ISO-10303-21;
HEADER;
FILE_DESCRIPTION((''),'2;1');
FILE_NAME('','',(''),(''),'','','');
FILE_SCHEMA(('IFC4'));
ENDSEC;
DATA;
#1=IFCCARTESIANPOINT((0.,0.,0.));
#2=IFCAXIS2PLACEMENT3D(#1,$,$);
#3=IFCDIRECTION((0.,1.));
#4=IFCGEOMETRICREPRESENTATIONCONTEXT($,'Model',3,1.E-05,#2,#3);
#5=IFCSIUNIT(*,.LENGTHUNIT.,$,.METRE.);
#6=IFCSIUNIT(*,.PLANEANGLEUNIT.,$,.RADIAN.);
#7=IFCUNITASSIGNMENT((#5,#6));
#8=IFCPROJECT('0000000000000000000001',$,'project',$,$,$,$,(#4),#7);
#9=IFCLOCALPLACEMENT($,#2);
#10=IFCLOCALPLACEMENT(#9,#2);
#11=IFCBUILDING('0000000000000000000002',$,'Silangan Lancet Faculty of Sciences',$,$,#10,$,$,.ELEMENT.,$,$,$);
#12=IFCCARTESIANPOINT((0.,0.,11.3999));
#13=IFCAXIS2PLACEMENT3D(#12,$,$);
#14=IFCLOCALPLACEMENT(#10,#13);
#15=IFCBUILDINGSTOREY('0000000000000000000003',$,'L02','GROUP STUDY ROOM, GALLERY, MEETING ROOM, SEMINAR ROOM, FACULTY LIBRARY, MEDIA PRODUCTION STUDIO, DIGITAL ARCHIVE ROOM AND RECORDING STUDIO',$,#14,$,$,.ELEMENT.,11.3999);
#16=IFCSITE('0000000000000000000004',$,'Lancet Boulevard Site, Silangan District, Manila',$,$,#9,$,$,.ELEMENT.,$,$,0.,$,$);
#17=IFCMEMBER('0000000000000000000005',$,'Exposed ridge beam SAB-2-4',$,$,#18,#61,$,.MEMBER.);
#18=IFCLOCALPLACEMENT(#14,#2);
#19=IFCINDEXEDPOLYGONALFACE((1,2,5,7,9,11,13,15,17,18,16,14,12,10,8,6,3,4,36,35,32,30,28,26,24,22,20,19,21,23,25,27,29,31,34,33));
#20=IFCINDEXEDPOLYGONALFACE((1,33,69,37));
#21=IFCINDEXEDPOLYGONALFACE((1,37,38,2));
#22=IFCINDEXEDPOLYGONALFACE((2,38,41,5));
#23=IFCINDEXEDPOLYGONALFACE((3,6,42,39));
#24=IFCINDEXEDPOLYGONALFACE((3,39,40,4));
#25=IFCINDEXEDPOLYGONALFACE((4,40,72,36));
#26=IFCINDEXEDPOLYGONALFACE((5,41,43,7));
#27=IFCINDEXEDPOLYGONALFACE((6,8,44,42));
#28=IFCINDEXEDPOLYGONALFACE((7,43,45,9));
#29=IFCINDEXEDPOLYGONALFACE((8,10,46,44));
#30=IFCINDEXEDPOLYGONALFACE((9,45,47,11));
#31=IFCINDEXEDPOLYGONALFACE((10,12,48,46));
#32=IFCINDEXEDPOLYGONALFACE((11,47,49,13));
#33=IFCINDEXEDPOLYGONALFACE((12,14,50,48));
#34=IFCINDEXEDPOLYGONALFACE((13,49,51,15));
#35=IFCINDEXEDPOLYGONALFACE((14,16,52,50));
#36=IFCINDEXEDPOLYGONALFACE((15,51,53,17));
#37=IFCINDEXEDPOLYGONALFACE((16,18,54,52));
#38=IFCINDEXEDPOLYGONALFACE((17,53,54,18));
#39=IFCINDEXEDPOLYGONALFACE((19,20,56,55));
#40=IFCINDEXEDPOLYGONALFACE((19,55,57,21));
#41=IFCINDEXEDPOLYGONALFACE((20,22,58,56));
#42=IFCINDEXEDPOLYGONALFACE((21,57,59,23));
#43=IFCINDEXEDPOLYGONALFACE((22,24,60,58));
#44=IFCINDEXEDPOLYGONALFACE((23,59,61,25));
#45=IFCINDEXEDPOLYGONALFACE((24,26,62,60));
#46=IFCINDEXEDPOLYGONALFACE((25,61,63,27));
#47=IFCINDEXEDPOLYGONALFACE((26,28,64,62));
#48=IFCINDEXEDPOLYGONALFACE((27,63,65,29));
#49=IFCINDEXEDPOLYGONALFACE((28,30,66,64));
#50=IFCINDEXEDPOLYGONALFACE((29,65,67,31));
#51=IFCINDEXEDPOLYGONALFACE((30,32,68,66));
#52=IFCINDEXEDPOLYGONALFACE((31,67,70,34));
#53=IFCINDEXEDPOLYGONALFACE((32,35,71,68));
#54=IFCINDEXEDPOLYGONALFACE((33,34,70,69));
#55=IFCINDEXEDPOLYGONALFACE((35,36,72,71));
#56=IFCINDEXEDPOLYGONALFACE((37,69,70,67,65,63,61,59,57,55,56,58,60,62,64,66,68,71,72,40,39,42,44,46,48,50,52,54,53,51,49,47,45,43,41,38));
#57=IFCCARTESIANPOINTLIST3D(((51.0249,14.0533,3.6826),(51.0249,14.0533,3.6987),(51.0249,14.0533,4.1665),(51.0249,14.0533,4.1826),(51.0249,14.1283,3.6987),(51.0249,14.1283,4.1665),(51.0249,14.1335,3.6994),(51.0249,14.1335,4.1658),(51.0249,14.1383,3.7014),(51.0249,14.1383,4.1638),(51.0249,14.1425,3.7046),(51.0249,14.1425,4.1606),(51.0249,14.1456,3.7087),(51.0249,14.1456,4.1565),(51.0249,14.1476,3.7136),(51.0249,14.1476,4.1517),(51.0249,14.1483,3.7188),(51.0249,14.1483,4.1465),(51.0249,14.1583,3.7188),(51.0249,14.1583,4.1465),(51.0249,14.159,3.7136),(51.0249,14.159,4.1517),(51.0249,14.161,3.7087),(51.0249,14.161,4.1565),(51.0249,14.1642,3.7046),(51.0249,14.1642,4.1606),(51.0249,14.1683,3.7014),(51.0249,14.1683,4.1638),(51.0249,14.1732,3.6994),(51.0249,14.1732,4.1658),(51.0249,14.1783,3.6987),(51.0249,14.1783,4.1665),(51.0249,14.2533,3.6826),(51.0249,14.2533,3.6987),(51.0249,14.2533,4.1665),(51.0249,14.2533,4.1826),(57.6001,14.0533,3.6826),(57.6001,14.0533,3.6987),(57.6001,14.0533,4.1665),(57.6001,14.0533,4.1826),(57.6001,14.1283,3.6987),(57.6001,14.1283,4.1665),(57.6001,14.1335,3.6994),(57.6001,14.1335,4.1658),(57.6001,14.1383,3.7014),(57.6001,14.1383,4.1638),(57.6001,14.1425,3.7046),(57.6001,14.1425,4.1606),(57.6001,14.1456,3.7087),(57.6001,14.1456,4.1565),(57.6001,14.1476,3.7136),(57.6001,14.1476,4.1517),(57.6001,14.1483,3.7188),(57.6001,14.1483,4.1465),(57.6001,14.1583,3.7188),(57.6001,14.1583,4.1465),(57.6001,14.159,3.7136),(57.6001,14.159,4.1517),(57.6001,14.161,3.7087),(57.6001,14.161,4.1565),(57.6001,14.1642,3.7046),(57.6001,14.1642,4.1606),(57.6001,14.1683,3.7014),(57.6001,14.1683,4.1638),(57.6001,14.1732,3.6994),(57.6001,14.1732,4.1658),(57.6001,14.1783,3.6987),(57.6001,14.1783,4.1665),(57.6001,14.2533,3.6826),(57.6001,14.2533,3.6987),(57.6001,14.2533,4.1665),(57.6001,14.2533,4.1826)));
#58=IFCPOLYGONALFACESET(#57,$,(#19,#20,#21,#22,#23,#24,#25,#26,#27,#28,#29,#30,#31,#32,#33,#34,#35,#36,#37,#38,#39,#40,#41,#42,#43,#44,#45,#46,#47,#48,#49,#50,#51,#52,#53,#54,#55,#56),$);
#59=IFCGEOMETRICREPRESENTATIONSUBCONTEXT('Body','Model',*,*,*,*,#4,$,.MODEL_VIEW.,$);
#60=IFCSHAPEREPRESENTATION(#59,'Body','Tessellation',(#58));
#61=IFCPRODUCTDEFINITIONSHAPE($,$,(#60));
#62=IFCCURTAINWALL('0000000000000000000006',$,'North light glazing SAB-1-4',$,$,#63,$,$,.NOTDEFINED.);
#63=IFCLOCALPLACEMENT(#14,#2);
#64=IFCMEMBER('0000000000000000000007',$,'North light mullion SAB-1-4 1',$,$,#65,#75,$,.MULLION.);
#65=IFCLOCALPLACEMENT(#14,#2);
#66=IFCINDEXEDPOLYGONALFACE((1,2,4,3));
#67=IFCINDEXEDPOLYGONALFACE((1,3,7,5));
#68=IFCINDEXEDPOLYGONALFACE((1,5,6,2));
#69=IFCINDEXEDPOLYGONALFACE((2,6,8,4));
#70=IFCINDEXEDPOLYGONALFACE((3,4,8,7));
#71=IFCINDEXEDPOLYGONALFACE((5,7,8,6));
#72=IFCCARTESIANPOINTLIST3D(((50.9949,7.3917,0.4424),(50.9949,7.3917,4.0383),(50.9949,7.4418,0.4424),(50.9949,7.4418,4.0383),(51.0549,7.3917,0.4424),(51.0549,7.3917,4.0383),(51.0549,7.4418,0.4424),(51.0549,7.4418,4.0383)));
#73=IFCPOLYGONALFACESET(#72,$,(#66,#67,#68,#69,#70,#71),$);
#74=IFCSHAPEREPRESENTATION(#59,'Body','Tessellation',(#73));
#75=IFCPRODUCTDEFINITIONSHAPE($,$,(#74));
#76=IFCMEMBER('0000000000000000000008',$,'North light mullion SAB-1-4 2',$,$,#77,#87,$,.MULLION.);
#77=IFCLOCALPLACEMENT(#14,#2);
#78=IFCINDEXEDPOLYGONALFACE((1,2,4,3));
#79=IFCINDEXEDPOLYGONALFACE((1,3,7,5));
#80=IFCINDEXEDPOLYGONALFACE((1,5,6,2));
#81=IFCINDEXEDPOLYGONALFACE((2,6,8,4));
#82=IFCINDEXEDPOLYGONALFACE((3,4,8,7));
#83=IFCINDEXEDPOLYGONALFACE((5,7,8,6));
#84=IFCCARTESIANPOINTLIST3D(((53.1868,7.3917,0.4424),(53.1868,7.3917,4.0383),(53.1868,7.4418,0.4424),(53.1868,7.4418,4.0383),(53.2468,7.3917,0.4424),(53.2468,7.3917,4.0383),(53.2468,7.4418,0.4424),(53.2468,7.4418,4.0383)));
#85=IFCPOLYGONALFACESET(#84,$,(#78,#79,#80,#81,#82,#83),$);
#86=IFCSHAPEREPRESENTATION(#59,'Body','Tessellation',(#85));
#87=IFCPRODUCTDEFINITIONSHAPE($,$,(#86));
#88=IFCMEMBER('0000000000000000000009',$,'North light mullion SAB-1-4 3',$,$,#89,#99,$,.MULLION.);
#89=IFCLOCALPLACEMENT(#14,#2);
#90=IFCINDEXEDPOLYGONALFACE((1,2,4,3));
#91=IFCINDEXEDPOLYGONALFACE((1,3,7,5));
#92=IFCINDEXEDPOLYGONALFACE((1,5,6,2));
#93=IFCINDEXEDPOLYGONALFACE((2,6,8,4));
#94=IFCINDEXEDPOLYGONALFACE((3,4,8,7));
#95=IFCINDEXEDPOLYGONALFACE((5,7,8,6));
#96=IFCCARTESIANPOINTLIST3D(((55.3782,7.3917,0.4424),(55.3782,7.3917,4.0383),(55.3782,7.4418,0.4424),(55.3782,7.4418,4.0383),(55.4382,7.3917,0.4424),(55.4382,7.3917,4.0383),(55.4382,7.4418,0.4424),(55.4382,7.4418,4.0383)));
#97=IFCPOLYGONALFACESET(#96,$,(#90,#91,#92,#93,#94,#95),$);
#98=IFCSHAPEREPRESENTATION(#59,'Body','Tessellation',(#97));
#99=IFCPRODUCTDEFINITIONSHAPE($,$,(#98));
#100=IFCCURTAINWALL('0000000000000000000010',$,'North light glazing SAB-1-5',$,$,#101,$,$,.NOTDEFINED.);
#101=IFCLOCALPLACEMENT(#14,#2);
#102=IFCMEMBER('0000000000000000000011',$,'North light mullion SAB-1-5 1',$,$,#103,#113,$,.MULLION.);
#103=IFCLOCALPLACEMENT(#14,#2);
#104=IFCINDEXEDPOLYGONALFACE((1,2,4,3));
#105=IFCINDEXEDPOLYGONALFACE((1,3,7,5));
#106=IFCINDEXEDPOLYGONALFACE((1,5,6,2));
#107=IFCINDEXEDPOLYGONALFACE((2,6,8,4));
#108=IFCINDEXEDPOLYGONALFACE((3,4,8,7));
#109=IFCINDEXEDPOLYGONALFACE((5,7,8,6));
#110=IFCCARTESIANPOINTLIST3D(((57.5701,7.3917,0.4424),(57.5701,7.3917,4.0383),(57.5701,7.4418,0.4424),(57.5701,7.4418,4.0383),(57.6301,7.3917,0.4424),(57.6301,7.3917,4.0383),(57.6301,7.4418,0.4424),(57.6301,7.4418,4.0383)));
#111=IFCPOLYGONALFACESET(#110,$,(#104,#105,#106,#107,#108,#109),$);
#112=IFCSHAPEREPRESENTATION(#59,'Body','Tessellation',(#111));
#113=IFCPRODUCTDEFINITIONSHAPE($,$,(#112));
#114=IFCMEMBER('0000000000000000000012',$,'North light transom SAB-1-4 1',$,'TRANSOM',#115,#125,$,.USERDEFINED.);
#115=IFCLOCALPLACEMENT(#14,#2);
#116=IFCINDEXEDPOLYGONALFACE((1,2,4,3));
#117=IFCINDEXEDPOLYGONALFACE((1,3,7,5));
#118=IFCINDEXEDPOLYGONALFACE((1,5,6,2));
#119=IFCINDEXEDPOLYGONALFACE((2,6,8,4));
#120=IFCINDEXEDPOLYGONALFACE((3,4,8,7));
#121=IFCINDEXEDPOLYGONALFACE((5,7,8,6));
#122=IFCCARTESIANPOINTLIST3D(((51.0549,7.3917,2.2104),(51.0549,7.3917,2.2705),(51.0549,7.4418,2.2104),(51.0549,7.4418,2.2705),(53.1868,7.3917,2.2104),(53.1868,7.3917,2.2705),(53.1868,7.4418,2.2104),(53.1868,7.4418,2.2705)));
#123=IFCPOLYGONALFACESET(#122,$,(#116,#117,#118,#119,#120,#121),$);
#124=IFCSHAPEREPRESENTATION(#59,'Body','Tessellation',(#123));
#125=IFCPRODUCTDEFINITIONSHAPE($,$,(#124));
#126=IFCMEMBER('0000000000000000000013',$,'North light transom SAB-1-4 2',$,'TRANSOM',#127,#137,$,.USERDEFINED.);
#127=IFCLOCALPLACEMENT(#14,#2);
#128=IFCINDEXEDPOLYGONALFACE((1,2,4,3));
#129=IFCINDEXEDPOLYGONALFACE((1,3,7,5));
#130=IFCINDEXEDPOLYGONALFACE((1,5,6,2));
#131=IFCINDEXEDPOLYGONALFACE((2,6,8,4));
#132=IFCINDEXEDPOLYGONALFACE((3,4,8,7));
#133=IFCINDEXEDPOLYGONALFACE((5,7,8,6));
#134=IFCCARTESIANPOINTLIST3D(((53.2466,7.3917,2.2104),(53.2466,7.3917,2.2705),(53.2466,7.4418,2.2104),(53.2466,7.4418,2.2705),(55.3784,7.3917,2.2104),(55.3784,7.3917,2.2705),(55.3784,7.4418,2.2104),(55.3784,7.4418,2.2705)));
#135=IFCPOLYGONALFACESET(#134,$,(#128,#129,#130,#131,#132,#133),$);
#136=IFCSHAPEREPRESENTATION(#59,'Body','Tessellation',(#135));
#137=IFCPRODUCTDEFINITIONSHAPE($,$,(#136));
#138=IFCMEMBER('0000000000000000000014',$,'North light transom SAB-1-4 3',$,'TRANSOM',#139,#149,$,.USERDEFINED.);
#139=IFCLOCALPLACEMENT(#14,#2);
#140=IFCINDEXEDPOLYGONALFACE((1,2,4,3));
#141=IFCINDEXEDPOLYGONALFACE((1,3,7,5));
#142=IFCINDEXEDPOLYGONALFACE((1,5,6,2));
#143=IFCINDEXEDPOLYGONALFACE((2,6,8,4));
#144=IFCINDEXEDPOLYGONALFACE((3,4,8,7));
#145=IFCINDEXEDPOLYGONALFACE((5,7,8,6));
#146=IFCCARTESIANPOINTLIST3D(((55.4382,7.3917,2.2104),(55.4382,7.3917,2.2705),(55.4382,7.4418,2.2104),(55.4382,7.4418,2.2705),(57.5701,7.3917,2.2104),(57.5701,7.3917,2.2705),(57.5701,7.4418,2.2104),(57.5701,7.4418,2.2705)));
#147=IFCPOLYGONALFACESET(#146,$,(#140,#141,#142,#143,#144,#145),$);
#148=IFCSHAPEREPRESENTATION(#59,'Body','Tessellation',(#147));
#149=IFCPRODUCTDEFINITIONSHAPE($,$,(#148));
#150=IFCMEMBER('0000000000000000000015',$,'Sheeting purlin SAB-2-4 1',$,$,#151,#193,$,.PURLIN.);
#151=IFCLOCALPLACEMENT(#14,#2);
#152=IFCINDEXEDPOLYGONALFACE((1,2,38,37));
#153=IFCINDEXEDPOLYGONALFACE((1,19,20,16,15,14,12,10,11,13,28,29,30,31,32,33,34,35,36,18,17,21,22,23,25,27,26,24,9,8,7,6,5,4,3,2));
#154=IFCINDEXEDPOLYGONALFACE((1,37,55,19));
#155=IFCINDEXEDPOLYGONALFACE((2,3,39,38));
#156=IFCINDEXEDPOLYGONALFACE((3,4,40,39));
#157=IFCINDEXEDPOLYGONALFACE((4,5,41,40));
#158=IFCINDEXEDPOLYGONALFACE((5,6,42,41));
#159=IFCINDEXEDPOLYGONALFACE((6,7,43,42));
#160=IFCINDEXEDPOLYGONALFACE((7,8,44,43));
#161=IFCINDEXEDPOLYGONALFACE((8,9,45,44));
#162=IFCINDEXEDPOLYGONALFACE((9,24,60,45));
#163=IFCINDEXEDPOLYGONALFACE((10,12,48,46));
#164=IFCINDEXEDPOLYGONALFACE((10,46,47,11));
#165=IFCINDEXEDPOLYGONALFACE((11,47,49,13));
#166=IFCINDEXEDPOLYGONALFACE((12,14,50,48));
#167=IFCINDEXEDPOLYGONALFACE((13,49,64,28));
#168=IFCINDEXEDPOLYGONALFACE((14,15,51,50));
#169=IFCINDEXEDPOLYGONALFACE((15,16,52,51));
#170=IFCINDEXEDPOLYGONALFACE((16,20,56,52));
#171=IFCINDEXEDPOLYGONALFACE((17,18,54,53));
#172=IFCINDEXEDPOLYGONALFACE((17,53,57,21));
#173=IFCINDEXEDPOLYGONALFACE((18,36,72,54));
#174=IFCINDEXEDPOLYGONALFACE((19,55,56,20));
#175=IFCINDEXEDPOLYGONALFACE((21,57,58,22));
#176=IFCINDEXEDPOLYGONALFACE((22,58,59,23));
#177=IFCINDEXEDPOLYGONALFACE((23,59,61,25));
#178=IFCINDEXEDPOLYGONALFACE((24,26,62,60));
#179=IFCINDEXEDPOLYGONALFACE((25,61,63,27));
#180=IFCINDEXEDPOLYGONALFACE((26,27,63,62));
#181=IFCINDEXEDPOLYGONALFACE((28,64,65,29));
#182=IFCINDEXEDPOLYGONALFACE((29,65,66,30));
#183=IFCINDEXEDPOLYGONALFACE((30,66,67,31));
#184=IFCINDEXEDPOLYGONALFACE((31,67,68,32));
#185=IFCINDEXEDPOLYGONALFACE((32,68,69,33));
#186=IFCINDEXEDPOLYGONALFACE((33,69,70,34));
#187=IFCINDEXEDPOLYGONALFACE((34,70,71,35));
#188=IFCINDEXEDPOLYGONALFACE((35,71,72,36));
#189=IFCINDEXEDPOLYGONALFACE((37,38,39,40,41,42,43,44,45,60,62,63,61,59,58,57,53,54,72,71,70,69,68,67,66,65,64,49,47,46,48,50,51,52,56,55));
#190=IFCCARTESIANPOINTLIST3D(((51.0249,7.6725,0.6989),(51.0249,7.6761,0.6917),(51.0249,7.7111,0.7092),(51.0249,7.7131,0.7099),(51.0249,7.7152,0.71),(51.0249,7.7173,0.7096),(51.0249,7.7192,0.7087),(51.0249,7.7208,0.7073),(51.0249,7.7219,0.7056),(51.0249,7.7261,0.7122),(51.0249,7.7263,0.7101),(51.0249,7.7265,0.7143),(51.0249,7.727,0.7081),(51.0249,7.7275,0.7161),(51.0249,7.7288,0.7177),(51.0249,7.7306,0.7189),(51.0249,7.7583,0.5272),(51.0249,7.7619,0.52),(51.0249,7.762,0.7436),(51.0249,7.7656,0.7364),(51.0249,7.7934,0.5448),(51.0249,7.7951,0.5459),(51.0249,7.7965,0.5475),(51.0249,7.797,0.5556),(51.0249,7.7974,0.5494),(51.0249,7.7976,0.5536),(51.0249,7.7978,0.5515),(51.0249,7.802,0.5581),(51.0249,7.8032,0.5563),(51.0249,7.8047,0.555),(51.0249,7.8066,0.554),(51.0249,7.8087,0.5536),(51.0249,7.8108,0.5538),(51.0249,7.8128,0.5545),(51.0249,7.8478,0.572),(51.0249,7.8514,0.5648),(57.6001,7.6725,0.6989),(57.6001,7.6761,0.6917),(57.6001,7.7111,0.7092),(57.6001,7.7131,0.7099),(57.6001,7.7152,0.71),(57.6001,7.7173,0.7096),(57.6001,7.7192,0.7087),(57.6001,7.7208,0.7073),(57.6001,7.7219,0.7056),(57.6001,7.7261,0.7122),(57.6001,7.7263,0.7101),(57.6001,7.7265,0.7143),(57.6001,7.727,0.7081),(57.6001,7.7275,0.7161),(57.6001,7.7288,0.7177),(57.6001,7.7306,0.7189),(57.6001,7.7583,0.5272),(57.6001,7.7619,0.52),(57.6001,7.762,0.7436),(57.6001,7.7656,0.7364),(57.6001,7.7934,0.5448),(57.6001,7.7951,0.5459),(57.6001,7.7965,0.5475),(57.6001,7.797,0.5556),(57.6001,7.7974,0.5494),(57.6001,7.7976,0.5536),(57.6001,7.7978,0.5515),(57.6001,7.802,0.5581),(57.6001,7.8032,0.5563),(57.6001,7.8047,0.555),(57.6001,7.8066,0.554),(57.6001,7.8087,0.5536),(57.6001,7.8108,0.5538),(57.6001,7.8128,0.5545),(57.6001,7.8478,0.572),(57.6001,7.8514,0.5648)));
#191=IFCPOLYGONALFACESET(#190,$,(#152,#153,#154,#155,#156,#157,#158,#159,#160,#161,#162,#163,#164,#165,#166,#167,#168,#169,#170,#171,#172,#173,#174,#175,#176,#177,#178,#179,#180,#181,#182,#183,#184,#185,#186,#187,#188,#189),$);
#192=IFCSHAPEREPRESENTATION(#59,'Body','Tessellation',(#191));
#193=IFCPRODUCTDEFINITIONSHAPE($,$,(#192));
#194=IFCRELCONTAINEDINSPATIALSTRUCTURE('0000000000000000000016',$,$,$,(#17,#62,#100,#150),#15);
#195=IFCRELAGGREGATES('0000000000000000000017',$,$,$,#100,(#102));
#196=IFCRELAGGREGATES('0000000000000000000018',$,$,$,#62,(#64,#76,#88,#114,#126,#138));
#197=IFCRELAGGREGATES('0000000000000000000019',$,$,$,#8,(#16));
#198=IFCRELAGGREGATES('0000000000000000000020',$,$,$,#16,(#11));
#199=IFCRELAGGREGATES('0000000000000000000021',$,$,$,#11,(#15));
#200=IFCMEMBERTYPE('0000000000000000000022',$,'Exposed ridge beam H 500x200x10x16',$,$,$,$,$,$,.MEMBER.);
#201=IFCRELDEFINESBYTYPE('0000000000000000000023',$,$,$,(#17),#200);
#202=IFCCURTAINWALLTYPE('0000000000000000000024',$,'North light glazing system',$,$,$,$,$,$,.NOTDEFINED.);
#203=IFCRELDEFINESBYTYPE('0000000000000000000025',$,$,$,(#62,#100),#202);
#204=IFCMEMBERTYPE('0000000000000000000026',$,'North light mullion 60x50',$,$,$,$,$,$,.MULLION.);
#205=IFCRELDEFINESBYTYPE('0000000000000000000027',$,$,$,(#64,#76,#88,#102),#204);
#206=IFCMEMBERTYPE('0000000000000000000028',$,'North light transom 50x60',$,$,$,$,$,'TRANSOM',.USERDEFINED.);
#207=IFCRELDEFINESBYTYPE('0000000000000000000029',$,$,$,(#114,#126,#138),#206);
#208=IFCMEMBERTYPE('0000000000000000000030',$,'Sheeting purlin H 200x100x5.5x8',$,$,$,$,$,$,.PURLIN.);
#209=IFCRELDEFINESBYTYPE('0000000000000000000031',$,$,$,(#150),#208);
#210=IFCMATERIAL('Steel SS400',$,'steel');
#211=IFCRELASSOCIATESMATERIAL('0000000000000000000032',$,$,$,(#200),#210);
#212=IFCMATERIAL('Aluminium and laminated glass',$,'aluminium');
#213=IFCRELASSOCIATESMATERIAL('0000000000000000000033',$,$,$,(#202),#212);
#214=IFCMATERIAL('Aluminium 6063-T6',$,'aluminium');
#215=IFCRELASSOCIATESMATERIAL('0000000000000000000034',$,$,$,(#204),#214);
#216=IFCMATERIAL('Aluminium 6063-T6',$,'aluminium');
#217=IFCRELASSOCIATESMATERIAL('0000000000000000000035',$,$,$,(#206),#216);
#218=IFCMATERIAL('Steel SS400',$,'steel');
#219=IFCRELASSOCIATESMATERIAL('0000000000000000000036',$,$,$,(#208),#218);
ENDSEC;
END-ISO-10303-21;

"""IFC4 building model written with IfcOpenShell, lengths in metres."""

from ifc_helpers import new_model, si_unit, direction, frame, origin, origin_2d, place, context, subcontext, project, spatial, rectangle, i_section, extrude, material, material_profile, profile_set, type_object, element, aggregate, save


model = new_model("IFC4")

# Units and contexts
model_context = context("Model", 3, precision=1e-05, world=origin(), true_north=direction((0.0, 1.0)))
body_context = subcontext(model_context, "Body", "Model", "MODEL_VIEW")
ifc_project = project(units=[si_unit("LENGTHUNIT", "METRE"), si_unit("PLANEANGLEUNIT", "RADIAN")], contexts=[model_context])

# Site, building, storey
site_placement = place(None, origin())
site = spatial("IfcSite", under=ifc_project, at=site_placement, Name="Lancet Boulevard Site, Silangan District, Manila", CompositionType="ELEMENT", RefElevation=0.0)
building_placement = place(site_placement, origin())
building = spatial("IfcBuilding", under=site, at=building_placement, Name="Silangan Lancet Faculty of Sciences", CompositionType="ELEMENT")
storey_placement = place(building_placement, frame((0.0, 0.0, 11.3999)))
storey = spatial("IfcBuildingStorey", under=building, at=storey_placement, Name="L02", Description="GROUP STUDY ROOM, GALLERY, MEETING ROOM, SEMINAR ROOM, FACULTY LIBRARY, MEDIA PRODUCTION STUDIO, DIGITAL ARCHIVE ROOM AND RECORDING STUDIO", CompositionType="ELEMENT", Elevation=11.3999)

# Member
ifc_material_1 = material(Name="Steel SS400", Category="steel")
ifc_material_profile_1 = material_profile(ifc_material_1, i_section(OverallWidth=0.2, OverallDepth=0.5, WebThickness=0.01, FlangeThickness=0.0161, FilletRadius=0.02, at=origin_2d()), Name="H 500x200x10x16")
ifc_profile_set_1 = profile_set([ifc_material_profile_1], Name="Steel SS400")
member_type_1 = type_object("IfcMemberType", Name="Exposed ridge beam H 500x200x10x16", PredefinedType="MEMBER", material=ifc_profile_set_1)
member_1_placement = place(storey_placement, frame((51.0249, 14.1533, 3.9326), z_axis=(1.0, 0.0, 0.0), x_axis=(0.0, 1.0, 0.0)))
element("IfcMember", 1, at=member_1_placement, inside=storey, type_object=member_type_1, Name="Exposed ridge beam SAB-2-4", PredefinedType="MEMBER", context=body_context, shape_type="SweptSolid", body=[
    extrude(i_section(OverallWidth=0.2, OverallDepth=0.5, WebThickness=0.01, FlangeThickness=0.0161, FilletRadius=0.02, at=origin_2d()), origin(), (0.0, 0.0, 1.0), 6.5752),
])

# Curtain wall, members
ifc_material_2 = material(Name="Aluminium and laminated glass", Category="aluminium")
curtain_wall_type = type_object("IfcCurtainWallType", Name="North light glazing system", PredefinedType="NOTDEFINED", material=ifc_material_2)
curtain_wall_1_placement = place(storey_placement, origin())
curtain_wall_1 = element("IfcCurtainWall", 2, at=curtain_wall_1_placement, inside=storey, type_object=curtain_wall_type, Name="North light glazing SAB-1-4", PredefinedType="NOTDEFINED")
ifc_material_3 = material(Name="Aluminium 6063-T6", Category="aluminium")
ifc_material_profile_2 = material_profile(ifc_material_3, rectangle(XDim=0.0601, YDim=0.05, at=origin_2d()), Name="AL 60x50")
ifc_profile_set_2 = profile_set([ifc_material_profile_2], Name="Aluminium 6063-T6")
member_type_2 = type_object("IfcMemberType", Name="North light mullion 60x50", PredefinedType="MULLION", material=ifc_profile_set_2)
member_2_placement = place(storey_placement, frame((51.0249, 7.4167, 0.4424), z_axis=(0.0, 0.0, 1.0), x_axis=(1.0, 0.0, 0.0)))
member_2 = element("IfcMember", 3, at=member_2_placement, type_object=member_type_2, Name="North light mullion SAB-1-4 1", PredefinedType="MULLION", context=body_context, shape_type="SweptSolid", body=[
    extrude(rectangle(XDim=0.0601, YDim=0.05, at=origin_2d()), origin(), (0.0, 0.0, 1.0), 3.5959),
])
member_3_placement = place(storey_placement, frame((53.2168, 7.4167, 0.4424), z_axis=(0.0, 0.0, 1.0), x_axis=(1.0, 0.0, 0.0)))
member_3 = element("IfcMember", 4, at=member_3_placement, type_object=member_type_2, Name="North light mullion SAB-1-4 2", PredefinedType="MULLION", context=body_context, shape_type="SweptSolid", body=[
    extrude(rectangle(XDim=0.0601, YDim=0.05, at=origin_2d()), origin(), (0.0, 0.0, 1.0), 3.5959),
])
member_4_placement = place(storey_placement, frame((55.4082, 7.4167, 0.4424), z_axis=(0.0, 0.0, 1.0), x_axis=(1.0, 0.0, 0.0)))
member_4 = element("IfcMember", 5, at=member_4_placement, type_object=member_type_2, Name="North light mullion SAB-1-4 3", PredefinedType="MULLION", context=body_context, shape_type="SweptSolid", body=[
    extrude(rectangle(XDim=0.0601, YDim=0.05, at=origin_2d()), origin(), (0.0, 0.0, 1.0), 3.5959),
])

# Curtain wall, member
curtain_wall_2_placement = place(storey_placement, origin())
curtain_wall_2 = element("IfcCurtainWall", 6, at=curtain_wall_2_placement, inside=storey, type_object=curtain_wall_type, Name="North light glazing SAB-1-5", PredefinedType="NOTDEFINED")
member_5_placement = place(storey_placement, frame((57.6001, 7.4167, 0.4424), z_axis=(0.0, 0.0, 1.0), x_axis=(1.0, 0.0, 0.0)))
member_5 = element("IfcMember", 7, at=member_5_placement, type_object=member_type_2, Name="North light mullion SAB-1-5 1", PredefinedType="MULLION", context=body_context, shape_type="SweptSolid", body=[
    extrude(rectangle(XDim=0.0601, YDim=0.05, at=origin_2d()), origin(), (0.0, 0.0, 1.0), 3.5959),
])
aggregate(curtain_wall_2, [member_5])

# Members
ifc_material_4 = material(Name="Aluminium 6063-T6", Category="aluminium")
ifc_material_profile_3 = material_profile(ifc_material_4, rectangle(XDim=0.05, YDim=0.0601, at=origin_2d()), Name="AL 50x60")
ifc_profile_set_3 = profile_set([ifc_material_profile_3], Name="Aluminium 6063-T6")
member_type_3 = type_object("IfcMemberType", Name="North light transom 50x60", ElementType="TRANSOM", PredefinedType="USERDEFINED", material=ifc_profile_set_3)
member_6_placement = place(storey_placement, frame((51.0549, 7.4167, 2.2405), z_axis=(1.0, 0.0, 0.0), x_axis=(0.0, 1.0, 0.0)))
member_6 = element("IfcMember", 8, at=member_6_placement, type_object=member_type_3, Name="North light transom SAB-1-4 1", ObjectType="TRANSOM", PredefinedType="USERDEFINED", context=body_context, shape_type="SweptSolid", body=[
    extrude(rectangle(XDim=0.05, YDim=0.0601, at=origin_2d()), origin(), (0.0, 0.0, 1.0), 2.1318),
])
member_7_placement = place(storey_placement, frame((53.2466, 7.4167, 2.2405), z_axis=(1.0, 0.0, 0.0), x_axis=(0.0, 1.0, 0.0)))
member_7 = element("IfcMember", 9, at=member_7_placement, type_object=member_type_3, Name="North light transom SAB-1-4 2", ObjectType="TRANSOM", PredefinedType="USERDEFINED", context=body_context, shape_type="SweptSolid", body=[
    extrude(rectangle(XDim=0.05, YDim=0.0601, at=origin_2d()), origin(), (0.0, 0.0, 1.0), 2.1318),
])
member_8_placement = place(storey_placement, frame((55.4382, 7.4167, 2.2405), z_axis=(1.0, 0.0, 0.0), x_axis=(0.0, 1.0, 0.0)))
member_8 = element("IfcMember", 10, at=member_8_placement, type_object=member_type_3, Name="North light transom SAB-1-4 3", ObjectType="TRANSOM", PredefinedType="USERDEFINED", context=body_context, shape_type="SweptSolid", body=[
    extrude(rectangle(XDim=0.05, YDim=0.0601, at=origin_2d()), origin(), (0.0, 0.0, 1.0), 2.1318),
])
aggregate(curtain_wall_1, [member_2, member_3, member_4, member_6, member_7, member_8])

# Member
ifc_material_5 = material(Name="Steel SS400", Category="steel")
ifc_material_profile_4 = material_profile(ifc_material_5, i_section(OverallWidth=0.1001, OverallDepth=0.2, WebThickness=0.0056, FlangeThickness=0.0081, FilletRadius=0.0081, at=origin_2d()), Name="H 200x100x5.5x8")
ifc_profile_set_4 = profile_set([ifc_material_profile_4], Name="Steel SS400")
member_type_4 = type_object("IfcMemberType", Name="Sheeting purlin H 200x100x5.5x8", PredefinedType="PURLIN", material=ifc_profile_set_4)
for number, where, z_axis, x_axis, name in (
    (11, (51.0249, 7.762, 0.6318), (1.0, 0.0, 0.0), (0.0, 0.894427, 0.447214), "Sheeting purlin SAB-2-4 1"),
):
    element("IfcMember", number, at=place(storey_placement, frame(where, z_axis=z_axis, x_axis=x_axis)), inside=storey, type_object=member_type_4, Name=name, PredefinedType="PURLIN", context=body_context, shape_type="SweptSolid", body=[
        extrude(i_section(OverallWidth=0.1001, OverallDepth=0.2, WebThickness=0.0056, FlangeThickness=0.0081, FilletRadius=0.0081, at=origin_2d()), origin(), (0.0, 0.0, 1.0), 6.5752),
    ])

save(model, "model.ifc")
